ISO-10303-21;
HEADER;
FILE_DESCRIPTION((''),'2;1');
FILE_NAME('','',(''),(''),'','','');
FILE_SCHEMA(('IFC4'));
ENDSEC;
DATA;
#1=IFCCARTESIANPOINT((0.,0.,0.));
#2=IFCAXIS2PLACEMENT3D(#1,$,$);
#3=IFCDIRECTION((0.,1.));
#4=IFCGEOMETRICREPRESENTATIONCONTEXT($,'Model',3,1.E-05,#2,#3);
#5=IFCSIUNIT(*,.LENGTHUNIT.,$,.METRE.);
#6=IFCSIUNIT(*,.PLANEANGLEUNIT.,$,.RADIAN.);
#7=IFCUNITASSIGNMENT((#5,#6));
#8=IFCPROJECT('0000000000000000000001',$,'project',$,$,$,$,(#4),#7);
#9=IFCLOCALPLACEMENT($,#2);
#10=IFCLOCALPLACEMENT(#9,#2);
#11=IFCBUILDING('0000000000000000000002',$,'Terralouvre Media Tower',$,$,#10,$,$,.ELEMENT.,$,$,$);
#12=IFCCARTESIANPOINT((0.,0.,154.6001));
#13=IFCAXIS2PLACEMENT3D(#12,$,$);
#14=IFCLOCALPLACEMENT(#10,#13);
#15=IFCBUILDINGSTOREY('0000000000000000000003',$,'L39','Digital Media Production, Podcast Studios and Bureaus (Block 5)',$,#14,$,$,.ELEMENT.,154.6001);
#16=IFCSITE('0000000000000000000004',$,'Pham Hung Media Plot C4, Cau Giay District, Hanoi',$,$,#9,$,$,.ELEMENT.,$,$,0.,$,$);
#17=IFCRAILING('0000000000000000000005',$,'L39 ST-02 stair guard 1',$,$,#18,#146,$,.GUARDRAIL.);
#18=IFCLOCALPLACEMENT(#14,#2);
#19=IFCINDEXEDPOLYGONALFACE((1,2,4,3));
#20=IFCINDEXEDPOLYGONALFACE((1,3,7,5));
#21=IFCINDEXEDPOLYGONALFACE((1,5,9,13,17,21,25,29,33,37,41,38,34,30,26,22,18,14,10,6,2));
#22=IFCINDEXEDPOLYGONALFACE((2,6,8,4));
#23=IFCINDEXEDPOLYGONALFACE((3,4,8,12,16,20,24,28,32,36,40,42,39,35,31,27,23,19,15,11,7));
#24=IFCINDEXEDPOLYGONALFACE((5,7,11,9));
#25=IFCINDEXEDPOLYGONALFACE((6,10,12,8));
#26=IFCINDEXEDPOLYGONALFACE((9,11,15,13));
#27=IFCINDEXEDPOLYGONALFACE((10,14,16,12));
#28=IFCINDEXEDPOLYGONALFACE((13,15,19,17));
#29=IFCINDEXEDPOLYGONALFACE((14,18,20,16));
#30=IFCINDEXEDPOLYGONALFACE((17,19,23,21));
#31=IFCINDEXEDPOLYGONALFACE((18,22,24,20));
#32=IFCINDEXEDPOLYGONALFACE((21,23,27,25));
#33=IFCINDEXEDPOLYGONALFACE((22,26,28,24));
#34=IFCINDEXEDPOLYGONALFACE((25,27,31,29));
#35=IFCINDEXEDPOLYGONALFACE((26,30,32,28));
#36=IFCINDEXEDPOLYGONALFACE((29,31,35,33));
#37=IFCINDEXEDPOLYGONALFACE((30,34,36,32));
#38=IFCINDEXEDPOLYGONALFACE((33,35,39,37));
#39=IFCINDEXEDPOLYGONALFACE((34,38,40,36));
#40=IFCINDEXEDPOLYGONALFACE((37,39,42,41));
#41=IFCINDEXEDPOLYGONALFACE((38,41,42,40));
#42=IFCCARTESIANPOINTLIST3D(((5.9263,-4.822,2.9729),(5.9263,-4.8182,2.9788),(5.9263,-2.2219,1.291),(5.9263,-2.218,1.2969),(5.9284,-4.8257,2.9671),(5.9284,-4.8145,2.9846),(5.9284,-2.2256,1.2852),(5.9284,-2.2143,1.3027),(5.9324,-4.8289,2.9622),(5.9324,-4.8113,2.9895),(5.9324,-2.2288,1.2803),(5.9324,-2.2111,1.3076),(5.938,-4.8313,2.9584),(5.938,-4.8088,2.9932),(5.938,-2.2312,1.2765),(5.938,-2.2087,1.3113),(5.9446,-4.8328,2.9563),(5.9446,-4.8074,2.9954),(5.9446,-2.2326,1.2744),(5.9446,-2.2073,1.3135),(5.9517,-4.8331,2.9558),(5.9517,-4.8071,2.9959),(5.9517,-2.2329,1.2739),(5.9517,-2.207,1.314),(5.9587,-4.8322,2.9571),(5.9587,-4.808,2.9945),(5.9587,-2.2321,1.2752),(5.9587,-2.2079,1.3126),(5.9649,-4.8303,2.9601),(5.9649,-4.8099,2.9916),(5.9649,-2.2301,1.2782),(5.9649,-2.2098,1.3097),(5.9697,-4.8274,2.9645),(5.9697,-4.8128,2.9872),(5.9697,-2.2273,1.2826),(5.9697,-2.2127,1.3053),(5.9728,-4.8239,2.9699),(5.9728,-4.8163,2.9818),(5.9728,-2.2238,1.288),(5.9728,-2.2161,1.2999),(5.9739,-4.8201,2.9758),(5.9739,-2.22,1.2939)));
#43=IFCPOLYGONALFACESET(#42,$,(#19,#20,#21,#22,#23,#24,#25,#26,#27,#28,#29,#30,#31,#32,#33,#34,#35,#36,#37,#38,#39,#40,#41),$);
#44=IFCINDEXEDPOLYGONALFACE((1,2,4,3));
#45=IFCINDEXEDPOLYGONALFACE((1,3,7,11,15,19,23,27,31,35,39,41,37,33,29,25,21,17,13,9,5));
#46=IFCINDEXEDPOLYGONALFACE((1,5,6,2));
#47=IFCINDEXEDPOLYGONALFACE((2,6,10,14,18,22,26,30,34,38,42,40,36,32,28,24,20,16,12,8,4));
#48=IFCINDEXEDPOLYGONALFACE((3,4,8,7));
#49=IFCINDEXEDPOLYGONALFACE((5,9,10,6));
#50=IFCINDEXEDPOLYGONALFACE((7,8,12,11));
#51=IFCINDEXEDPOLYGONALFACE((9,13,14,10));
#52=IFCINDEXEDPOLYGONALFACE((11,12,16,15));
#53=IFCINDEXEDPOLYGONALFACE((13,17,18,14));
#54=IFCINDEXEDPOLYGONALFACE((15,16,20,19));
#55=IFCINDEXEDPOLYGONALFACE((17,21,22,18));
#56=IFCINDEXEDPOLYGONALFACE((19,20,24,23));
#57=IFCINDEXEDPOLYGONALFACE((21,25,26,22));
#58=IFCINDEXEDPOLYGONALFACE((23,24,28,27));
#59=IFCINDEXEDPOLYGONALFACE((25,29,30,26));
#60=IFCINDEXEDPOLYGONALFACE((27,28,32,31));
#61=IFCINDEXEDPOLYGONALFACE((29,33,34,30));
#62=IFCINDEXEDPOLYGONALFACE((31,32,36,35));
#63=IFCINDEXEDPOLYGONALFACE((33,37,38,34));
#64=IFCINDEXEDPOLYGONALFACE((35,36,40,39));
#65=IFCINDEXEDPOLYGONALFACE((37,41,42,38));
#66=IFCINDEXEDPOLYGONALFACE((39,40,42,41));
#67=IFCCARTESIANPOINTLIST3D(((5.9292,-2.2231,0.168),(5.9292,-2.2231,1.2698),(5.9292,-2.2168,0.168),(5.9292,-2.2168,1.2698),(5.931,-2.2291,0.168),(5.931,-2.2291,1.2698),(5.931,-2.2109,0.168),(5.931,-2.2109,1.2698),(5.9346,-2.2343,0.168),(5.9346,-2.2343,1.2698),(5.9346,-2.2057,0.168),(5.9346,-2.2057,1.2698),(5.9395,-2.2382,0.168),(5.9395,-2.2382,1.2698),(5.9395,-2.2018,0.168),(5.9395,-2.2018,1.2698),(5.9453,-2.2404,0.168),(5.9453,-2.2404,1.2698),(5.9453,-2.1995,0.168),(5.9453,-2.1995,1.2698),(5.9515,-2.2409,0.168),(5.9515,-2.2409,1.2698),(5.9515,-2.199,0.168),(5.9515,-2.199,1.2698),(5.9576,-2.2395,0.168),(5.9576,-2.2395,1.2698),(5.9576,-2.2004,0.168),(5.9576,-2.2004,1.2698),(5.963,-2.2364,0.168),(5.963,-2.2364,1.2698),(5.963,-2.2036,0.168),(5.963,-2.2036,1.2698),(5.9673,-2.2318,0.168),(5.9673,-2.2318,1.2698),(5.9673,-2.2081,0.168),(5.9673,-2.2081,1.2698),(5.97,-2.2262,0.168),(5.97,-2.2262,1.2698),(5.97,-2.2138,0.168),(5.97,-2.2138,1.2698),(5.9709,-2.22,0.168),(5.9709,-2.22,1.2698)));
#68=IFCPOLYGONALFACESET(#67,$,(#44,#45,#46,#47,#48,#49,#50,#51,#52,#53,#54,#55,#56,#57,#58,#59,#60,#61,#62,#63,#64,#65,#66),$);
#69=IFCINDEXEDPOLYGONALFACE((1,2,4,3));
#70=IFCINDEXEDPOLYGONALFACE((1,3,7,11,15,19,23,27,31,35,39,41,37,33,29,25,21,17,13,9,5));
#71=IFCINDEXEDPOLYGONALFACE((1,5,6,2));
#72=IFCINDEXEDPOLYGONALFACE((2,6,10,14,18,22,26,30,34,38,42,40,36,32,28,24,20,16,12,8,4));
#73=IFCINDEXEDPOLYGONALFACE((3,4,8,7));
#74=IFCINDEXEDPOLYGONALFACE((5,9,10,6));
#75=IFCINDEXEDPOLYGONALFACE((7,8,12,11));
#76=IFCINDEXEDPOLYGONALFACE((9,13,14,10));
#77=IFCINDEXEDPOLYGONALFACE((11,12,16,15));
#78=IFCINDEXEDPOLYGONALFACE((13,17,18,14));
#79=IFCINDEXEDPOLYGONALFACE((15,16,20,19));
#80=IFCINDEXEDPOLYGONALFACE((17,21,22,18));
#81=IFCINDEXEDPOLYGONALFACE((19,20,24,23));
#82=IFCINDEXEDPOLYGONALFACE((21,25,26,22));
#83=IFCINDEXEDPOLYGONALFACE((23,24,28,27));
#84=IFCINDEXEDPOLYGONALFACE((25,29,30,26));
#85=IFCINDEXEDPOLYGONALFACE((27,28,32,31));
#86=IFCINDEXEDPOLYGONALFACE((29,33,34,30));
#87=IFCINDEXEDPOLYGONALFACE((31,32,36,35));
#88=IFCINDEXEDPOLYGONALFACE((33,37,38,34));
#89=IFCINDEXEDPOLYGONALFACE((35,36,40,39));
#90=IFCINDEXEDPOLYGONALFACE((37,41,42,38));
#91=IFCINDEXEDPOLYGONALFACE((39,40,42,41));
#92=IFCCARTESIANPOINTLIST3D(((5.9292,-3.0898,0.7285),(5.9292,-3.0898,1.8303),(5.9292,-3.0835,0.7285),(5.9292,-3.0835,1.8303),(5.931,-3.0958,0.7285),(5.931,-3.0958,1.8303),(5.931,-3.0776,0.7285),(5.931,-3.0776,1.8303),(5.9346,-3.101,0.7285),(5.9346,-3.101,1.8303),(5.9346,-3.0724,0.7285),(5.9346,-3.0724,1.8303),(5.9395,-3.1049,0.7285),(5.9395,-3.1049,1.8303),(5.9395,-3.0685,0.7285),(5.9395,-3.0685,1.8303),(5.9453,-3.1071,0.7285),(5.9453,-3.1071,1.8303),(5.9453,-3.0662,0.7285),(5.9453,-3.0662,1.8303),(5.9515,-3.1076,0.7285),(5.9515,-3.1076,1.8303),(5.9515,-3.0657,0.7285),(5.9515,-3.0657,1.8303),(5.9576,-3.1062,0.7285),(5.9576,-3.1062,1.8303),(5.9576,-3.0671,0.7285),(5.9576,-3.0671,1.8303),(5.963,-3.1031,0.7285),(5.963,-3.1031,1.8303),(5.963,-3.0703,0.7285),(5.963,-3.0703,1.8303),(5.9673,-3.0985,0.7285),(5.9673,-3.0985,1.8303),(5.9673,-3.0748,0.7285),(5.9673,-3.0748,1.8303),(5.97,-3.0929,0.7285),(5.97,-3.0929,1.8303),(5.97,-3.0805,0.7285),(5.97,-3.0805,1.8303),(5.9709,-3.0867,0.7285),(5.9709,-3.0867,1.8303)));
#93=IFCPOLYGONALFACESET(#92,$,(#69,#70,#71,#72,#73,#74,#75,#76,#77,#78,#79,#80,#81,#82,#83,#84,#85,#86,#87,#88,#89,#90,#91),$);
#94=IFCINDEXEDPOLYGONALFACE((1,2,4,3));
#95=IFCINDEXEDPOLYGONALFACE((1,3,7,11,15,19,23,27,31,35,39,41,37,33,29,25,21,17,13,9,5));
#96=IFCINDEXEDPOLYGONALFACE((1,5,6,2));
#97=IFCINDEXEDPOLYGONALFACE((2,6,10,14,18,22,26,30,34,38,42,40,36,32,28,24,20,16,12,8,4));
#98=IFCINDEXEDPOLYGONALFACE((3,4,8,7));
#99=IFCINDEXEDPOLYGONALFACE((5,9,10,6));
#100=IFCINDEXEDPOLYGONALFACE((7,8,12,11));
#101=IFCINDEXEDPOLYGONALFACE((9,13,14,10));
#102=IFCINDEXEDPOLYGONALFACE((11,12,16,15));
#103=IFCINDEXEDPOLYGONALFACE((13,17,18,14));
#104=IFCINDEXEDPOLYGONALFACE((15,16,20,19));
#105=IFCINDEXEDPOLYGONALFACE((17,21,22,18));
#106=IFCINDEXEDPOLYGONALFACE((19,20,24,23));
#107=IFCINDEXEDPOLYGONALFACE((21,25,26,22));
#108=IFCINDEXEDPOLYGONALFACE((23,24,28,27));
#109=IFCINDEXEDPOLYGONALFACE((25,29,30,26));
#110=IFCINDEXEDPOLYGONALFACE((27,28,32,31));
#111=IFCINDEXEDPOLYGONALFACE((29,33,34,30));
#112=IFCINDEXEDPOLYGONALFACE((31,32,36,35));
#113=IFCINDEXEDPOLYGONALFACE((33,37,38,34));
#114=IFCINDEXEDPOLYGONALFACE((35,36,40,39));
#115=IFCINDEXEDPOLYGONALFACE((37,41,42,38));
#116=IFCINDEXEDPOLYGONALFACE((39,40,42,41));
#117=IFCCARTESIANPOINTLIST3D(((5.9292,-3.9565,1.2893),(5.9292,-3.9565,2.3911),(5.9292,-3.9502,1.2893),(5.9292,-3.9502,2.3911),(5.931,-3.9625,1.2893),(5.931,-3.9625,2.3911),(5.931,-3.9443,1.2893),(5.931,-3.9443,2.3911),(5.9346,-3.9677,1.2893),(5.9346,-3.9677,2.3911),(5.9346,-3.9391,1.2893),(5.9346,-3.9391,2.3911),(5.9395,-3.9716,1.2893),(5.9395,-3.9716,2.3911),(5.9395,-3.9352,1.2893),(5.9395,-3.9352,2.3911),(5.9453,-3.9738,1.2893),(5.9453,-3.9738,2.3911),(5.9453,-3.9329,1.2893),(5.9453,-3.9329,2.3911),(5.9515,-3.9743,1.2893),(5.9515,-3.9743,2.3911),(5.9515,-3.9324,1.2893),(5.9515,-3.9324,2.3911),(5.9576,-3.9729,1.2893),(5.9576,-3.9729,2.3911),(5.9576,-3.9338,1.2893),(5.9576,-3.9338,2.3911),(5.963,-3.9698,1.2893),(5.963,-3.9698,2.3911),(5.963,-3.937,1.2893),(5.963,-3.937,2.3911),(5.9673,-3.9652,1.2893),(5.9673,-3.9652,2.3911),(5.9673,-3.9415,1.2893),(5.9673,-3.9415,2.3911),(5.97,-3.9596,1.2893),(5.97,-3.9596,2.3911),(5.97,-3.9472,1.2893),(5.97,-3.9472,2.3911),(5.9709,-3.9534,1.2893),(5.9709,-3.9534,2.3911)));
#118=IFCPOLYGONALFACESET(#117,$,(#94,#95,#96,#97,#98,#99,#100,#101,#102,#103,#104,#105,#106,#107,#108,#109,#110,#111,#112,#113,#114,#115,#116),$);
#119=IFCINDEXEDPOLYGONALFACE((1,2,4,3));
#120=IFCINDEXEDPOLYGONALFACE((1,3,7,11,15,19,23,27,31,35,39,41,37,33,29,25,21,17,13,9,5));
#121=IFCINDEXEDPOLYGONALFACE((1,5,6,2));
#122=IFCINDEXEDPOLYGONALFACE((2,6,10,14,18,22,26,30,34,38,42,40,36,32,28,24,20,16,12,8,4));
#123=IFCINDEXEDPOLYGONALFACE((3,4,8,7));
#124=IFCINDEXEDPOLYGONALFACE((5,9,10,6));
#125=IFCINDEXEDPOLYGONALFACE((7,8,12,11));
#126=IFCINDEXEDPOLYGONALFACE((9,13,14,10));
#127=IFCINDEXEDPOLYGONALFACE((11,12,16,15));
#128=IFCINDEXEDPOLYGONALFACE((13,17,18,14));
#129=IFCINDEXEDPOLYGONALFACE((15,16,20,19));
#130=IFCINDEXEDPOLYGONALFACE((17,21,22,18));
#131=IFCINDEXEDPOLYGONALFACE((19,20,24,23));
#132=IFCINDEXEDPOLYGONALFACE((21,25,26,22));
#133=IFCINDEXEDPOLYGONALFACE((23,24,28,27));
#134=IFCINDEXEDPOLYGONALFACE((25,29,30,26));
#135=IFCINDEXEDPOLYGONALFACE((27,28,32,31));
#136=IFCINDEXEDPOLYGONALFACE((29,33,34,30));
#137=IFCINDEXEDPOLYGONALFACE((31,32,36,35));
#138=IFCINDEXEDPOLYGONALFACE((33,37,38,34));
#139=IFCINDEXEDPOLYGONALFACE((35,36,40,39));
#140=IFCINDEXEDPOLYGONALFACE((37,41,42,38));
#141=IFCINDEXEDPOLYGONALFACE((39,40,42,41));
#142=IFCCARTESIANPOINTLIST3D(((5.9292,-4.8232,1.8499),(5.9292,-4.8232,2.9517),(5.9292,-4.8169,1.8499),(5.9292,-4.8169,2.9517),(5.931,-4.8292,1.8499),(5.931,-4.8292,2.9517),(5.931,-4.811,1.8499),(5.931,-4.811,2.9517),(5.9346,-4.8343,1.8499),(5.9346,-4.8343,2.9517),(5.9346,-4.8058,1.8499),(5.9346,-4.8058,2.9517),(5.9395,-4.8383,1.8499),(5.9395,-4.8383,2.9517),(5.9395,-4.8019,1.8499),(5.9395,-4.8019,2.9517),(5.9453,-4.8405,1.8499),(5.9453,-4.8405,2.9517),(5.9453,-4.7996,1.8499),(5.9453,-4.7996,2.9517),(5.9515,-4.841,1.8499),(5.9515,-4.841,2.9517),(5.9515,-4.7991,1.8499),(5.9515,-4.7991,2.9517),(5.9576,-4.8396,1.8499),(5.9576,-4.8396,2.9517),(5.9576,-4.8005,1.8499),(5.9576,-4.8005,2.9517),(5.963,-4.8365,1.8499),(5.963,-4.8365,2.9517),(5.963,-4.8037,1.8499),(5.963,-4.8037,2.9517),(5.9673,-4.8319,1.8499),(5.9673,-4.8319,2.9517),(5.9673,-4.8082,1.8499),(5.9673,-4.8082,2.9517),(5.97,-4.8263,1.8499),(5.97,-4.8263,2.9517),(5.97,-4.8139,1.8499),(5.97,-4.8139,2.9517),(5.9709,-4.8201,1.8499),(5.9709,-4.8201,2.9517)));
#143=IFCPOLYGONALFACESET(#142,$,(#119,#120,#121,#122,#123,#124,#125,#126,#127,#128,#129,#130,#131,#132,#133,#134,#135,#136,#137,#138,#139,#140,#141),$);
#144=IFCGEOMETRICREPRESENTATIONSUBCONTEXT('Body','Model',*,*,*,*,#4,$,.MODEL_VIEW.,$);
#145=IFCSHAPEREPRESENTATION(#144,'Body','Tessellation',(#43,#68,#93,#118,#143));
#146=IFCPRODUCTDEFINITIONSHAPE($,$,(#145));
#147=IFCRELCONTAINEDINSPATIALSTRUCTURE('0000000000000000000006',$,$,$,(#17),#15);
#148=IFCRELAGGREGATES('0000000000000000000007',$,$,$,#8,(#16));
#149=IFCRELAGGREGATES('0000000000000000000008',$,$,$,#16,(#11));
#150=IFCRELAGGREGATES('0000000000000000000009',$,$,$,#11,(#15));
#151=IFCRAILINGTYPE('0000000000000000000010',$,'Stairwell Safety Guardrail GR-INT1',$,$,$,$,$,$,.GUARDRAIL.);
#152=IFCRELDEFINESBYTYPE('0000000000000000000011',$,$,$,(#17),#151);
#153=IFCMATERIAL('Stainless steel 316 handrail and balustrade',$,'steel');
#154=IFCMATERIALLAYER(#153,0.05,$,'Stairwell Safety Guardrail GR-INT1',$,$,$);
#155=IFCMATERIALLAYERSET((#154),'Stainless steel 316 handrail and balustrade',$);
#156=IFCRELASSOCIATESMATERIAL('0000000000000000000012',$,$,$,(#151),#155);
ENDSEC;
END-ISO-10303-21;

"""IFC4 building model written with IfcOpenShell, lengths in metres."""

from ifc_helpers import new_model, si_unit, direction, frame, origin, origin_2d, place, context, subcontext, project, spatial, circle, extrude, material, layer, layer_set, type_object, element, save


model = new_model("IFC4")

# Units and contexts
model_context = context("Model", 3, precision=1e-05, world=origin(), true_north=direction((0.0, 1.0)))
body_context = subcontext(model_context, "Body", "Model", "MODEL_VIEW")
ifc_project = project(units=[si_unit("LENGTHUNIT", "METRE"), si_unit("PLANEANGLEUNIT", "RADIAN")], contexts=[model_context])

# Site, building, storey
site_placement = place(None, origin())
site = spatial("IfcSite", under=ifc_project, at=site_placement, Name="Pham Hung Media Plot C4, Cau Giay District, Hanoi", CompositionType="ELEMENT", RefElevation=0.0)
building_placement = place(site_placement, origin())
building = spatial("IfcBuilding", under=site, at=building_placement, Name="Terralouvre Media Tower", CompositionType="ELEMENT")
storey_placement = place(building_placement, frame((0.0, 0.0, 154.6001)))
storey = spatial("IfcBuildingStorey", under=building, at=storey_placement, Name="L39", Description="Digital Media Production, Podcast Studios and Bureaus (Block 5)", CompositionType="ELEMENT", Elevation=154.6001)

# Railing
ifc_material_1 = material(Name="Stainless steel 316 handrail and balustrade", Category="steel")
ifc_layer_1 = layer(ifc_material_1, 0.05, Name="Stairwell Safety Guardrail GR-INT1")
ifc_layer_set_1 = layer_set([ifc_layer_1], Name="Stainless steel 316 handrail and balustrade")
railing_type_1 = type_object("IfcRailingType", Name="Stairwell Safety Guardrail GR-INT1", PredefinedType="GUARDRAIL", material=ifc_layer_set_1)
railing_1_placement = place(storey_placement, frame((5.95, -2.22, 0.168)))
element("IfcRailing", 1, at=railing_1_placement, inside=storey, type_object=railing_type_1, Name="L39 ST-02 stair guard 1", PredefinedType="GUARDRAIL", context=body_context, shape_type="SweptSolid", body=[
    extrude(circle(Radius=0.0239, at=origin_2d()), frame((0.0, 0.0, 1.126), z_axis=(0.0, -0.839648, 0.54313), x_axis=(1.0, 0.0, 0.0)), (0.0, 0.0, 1.0), 3.0967),
    extrude(circle(Radius=0.021, at=origin_2d()), origin(), (0.0, 0.0, 1.0), 1.1018),
    extrude(circle(Radius=0.021, at=origin_2d()), frame((0.0, -0.8667, 0.5605)), (0.0, 0.0, 1.0), 1.1018),
    extrude(circle(Radius=0.021, at=origin_2d()), frame((0.0, -1.7334, 1.1213)), (0.0, 0.0, 1.0), 1.1018),
    extrude(circle(Radius=0.021, at=origin_2d()), frame((0.0, -2.6001, 1.6819)), (0.0, 0.0, 1.0), 1.1018),
])

save(model, "model.ifc")
